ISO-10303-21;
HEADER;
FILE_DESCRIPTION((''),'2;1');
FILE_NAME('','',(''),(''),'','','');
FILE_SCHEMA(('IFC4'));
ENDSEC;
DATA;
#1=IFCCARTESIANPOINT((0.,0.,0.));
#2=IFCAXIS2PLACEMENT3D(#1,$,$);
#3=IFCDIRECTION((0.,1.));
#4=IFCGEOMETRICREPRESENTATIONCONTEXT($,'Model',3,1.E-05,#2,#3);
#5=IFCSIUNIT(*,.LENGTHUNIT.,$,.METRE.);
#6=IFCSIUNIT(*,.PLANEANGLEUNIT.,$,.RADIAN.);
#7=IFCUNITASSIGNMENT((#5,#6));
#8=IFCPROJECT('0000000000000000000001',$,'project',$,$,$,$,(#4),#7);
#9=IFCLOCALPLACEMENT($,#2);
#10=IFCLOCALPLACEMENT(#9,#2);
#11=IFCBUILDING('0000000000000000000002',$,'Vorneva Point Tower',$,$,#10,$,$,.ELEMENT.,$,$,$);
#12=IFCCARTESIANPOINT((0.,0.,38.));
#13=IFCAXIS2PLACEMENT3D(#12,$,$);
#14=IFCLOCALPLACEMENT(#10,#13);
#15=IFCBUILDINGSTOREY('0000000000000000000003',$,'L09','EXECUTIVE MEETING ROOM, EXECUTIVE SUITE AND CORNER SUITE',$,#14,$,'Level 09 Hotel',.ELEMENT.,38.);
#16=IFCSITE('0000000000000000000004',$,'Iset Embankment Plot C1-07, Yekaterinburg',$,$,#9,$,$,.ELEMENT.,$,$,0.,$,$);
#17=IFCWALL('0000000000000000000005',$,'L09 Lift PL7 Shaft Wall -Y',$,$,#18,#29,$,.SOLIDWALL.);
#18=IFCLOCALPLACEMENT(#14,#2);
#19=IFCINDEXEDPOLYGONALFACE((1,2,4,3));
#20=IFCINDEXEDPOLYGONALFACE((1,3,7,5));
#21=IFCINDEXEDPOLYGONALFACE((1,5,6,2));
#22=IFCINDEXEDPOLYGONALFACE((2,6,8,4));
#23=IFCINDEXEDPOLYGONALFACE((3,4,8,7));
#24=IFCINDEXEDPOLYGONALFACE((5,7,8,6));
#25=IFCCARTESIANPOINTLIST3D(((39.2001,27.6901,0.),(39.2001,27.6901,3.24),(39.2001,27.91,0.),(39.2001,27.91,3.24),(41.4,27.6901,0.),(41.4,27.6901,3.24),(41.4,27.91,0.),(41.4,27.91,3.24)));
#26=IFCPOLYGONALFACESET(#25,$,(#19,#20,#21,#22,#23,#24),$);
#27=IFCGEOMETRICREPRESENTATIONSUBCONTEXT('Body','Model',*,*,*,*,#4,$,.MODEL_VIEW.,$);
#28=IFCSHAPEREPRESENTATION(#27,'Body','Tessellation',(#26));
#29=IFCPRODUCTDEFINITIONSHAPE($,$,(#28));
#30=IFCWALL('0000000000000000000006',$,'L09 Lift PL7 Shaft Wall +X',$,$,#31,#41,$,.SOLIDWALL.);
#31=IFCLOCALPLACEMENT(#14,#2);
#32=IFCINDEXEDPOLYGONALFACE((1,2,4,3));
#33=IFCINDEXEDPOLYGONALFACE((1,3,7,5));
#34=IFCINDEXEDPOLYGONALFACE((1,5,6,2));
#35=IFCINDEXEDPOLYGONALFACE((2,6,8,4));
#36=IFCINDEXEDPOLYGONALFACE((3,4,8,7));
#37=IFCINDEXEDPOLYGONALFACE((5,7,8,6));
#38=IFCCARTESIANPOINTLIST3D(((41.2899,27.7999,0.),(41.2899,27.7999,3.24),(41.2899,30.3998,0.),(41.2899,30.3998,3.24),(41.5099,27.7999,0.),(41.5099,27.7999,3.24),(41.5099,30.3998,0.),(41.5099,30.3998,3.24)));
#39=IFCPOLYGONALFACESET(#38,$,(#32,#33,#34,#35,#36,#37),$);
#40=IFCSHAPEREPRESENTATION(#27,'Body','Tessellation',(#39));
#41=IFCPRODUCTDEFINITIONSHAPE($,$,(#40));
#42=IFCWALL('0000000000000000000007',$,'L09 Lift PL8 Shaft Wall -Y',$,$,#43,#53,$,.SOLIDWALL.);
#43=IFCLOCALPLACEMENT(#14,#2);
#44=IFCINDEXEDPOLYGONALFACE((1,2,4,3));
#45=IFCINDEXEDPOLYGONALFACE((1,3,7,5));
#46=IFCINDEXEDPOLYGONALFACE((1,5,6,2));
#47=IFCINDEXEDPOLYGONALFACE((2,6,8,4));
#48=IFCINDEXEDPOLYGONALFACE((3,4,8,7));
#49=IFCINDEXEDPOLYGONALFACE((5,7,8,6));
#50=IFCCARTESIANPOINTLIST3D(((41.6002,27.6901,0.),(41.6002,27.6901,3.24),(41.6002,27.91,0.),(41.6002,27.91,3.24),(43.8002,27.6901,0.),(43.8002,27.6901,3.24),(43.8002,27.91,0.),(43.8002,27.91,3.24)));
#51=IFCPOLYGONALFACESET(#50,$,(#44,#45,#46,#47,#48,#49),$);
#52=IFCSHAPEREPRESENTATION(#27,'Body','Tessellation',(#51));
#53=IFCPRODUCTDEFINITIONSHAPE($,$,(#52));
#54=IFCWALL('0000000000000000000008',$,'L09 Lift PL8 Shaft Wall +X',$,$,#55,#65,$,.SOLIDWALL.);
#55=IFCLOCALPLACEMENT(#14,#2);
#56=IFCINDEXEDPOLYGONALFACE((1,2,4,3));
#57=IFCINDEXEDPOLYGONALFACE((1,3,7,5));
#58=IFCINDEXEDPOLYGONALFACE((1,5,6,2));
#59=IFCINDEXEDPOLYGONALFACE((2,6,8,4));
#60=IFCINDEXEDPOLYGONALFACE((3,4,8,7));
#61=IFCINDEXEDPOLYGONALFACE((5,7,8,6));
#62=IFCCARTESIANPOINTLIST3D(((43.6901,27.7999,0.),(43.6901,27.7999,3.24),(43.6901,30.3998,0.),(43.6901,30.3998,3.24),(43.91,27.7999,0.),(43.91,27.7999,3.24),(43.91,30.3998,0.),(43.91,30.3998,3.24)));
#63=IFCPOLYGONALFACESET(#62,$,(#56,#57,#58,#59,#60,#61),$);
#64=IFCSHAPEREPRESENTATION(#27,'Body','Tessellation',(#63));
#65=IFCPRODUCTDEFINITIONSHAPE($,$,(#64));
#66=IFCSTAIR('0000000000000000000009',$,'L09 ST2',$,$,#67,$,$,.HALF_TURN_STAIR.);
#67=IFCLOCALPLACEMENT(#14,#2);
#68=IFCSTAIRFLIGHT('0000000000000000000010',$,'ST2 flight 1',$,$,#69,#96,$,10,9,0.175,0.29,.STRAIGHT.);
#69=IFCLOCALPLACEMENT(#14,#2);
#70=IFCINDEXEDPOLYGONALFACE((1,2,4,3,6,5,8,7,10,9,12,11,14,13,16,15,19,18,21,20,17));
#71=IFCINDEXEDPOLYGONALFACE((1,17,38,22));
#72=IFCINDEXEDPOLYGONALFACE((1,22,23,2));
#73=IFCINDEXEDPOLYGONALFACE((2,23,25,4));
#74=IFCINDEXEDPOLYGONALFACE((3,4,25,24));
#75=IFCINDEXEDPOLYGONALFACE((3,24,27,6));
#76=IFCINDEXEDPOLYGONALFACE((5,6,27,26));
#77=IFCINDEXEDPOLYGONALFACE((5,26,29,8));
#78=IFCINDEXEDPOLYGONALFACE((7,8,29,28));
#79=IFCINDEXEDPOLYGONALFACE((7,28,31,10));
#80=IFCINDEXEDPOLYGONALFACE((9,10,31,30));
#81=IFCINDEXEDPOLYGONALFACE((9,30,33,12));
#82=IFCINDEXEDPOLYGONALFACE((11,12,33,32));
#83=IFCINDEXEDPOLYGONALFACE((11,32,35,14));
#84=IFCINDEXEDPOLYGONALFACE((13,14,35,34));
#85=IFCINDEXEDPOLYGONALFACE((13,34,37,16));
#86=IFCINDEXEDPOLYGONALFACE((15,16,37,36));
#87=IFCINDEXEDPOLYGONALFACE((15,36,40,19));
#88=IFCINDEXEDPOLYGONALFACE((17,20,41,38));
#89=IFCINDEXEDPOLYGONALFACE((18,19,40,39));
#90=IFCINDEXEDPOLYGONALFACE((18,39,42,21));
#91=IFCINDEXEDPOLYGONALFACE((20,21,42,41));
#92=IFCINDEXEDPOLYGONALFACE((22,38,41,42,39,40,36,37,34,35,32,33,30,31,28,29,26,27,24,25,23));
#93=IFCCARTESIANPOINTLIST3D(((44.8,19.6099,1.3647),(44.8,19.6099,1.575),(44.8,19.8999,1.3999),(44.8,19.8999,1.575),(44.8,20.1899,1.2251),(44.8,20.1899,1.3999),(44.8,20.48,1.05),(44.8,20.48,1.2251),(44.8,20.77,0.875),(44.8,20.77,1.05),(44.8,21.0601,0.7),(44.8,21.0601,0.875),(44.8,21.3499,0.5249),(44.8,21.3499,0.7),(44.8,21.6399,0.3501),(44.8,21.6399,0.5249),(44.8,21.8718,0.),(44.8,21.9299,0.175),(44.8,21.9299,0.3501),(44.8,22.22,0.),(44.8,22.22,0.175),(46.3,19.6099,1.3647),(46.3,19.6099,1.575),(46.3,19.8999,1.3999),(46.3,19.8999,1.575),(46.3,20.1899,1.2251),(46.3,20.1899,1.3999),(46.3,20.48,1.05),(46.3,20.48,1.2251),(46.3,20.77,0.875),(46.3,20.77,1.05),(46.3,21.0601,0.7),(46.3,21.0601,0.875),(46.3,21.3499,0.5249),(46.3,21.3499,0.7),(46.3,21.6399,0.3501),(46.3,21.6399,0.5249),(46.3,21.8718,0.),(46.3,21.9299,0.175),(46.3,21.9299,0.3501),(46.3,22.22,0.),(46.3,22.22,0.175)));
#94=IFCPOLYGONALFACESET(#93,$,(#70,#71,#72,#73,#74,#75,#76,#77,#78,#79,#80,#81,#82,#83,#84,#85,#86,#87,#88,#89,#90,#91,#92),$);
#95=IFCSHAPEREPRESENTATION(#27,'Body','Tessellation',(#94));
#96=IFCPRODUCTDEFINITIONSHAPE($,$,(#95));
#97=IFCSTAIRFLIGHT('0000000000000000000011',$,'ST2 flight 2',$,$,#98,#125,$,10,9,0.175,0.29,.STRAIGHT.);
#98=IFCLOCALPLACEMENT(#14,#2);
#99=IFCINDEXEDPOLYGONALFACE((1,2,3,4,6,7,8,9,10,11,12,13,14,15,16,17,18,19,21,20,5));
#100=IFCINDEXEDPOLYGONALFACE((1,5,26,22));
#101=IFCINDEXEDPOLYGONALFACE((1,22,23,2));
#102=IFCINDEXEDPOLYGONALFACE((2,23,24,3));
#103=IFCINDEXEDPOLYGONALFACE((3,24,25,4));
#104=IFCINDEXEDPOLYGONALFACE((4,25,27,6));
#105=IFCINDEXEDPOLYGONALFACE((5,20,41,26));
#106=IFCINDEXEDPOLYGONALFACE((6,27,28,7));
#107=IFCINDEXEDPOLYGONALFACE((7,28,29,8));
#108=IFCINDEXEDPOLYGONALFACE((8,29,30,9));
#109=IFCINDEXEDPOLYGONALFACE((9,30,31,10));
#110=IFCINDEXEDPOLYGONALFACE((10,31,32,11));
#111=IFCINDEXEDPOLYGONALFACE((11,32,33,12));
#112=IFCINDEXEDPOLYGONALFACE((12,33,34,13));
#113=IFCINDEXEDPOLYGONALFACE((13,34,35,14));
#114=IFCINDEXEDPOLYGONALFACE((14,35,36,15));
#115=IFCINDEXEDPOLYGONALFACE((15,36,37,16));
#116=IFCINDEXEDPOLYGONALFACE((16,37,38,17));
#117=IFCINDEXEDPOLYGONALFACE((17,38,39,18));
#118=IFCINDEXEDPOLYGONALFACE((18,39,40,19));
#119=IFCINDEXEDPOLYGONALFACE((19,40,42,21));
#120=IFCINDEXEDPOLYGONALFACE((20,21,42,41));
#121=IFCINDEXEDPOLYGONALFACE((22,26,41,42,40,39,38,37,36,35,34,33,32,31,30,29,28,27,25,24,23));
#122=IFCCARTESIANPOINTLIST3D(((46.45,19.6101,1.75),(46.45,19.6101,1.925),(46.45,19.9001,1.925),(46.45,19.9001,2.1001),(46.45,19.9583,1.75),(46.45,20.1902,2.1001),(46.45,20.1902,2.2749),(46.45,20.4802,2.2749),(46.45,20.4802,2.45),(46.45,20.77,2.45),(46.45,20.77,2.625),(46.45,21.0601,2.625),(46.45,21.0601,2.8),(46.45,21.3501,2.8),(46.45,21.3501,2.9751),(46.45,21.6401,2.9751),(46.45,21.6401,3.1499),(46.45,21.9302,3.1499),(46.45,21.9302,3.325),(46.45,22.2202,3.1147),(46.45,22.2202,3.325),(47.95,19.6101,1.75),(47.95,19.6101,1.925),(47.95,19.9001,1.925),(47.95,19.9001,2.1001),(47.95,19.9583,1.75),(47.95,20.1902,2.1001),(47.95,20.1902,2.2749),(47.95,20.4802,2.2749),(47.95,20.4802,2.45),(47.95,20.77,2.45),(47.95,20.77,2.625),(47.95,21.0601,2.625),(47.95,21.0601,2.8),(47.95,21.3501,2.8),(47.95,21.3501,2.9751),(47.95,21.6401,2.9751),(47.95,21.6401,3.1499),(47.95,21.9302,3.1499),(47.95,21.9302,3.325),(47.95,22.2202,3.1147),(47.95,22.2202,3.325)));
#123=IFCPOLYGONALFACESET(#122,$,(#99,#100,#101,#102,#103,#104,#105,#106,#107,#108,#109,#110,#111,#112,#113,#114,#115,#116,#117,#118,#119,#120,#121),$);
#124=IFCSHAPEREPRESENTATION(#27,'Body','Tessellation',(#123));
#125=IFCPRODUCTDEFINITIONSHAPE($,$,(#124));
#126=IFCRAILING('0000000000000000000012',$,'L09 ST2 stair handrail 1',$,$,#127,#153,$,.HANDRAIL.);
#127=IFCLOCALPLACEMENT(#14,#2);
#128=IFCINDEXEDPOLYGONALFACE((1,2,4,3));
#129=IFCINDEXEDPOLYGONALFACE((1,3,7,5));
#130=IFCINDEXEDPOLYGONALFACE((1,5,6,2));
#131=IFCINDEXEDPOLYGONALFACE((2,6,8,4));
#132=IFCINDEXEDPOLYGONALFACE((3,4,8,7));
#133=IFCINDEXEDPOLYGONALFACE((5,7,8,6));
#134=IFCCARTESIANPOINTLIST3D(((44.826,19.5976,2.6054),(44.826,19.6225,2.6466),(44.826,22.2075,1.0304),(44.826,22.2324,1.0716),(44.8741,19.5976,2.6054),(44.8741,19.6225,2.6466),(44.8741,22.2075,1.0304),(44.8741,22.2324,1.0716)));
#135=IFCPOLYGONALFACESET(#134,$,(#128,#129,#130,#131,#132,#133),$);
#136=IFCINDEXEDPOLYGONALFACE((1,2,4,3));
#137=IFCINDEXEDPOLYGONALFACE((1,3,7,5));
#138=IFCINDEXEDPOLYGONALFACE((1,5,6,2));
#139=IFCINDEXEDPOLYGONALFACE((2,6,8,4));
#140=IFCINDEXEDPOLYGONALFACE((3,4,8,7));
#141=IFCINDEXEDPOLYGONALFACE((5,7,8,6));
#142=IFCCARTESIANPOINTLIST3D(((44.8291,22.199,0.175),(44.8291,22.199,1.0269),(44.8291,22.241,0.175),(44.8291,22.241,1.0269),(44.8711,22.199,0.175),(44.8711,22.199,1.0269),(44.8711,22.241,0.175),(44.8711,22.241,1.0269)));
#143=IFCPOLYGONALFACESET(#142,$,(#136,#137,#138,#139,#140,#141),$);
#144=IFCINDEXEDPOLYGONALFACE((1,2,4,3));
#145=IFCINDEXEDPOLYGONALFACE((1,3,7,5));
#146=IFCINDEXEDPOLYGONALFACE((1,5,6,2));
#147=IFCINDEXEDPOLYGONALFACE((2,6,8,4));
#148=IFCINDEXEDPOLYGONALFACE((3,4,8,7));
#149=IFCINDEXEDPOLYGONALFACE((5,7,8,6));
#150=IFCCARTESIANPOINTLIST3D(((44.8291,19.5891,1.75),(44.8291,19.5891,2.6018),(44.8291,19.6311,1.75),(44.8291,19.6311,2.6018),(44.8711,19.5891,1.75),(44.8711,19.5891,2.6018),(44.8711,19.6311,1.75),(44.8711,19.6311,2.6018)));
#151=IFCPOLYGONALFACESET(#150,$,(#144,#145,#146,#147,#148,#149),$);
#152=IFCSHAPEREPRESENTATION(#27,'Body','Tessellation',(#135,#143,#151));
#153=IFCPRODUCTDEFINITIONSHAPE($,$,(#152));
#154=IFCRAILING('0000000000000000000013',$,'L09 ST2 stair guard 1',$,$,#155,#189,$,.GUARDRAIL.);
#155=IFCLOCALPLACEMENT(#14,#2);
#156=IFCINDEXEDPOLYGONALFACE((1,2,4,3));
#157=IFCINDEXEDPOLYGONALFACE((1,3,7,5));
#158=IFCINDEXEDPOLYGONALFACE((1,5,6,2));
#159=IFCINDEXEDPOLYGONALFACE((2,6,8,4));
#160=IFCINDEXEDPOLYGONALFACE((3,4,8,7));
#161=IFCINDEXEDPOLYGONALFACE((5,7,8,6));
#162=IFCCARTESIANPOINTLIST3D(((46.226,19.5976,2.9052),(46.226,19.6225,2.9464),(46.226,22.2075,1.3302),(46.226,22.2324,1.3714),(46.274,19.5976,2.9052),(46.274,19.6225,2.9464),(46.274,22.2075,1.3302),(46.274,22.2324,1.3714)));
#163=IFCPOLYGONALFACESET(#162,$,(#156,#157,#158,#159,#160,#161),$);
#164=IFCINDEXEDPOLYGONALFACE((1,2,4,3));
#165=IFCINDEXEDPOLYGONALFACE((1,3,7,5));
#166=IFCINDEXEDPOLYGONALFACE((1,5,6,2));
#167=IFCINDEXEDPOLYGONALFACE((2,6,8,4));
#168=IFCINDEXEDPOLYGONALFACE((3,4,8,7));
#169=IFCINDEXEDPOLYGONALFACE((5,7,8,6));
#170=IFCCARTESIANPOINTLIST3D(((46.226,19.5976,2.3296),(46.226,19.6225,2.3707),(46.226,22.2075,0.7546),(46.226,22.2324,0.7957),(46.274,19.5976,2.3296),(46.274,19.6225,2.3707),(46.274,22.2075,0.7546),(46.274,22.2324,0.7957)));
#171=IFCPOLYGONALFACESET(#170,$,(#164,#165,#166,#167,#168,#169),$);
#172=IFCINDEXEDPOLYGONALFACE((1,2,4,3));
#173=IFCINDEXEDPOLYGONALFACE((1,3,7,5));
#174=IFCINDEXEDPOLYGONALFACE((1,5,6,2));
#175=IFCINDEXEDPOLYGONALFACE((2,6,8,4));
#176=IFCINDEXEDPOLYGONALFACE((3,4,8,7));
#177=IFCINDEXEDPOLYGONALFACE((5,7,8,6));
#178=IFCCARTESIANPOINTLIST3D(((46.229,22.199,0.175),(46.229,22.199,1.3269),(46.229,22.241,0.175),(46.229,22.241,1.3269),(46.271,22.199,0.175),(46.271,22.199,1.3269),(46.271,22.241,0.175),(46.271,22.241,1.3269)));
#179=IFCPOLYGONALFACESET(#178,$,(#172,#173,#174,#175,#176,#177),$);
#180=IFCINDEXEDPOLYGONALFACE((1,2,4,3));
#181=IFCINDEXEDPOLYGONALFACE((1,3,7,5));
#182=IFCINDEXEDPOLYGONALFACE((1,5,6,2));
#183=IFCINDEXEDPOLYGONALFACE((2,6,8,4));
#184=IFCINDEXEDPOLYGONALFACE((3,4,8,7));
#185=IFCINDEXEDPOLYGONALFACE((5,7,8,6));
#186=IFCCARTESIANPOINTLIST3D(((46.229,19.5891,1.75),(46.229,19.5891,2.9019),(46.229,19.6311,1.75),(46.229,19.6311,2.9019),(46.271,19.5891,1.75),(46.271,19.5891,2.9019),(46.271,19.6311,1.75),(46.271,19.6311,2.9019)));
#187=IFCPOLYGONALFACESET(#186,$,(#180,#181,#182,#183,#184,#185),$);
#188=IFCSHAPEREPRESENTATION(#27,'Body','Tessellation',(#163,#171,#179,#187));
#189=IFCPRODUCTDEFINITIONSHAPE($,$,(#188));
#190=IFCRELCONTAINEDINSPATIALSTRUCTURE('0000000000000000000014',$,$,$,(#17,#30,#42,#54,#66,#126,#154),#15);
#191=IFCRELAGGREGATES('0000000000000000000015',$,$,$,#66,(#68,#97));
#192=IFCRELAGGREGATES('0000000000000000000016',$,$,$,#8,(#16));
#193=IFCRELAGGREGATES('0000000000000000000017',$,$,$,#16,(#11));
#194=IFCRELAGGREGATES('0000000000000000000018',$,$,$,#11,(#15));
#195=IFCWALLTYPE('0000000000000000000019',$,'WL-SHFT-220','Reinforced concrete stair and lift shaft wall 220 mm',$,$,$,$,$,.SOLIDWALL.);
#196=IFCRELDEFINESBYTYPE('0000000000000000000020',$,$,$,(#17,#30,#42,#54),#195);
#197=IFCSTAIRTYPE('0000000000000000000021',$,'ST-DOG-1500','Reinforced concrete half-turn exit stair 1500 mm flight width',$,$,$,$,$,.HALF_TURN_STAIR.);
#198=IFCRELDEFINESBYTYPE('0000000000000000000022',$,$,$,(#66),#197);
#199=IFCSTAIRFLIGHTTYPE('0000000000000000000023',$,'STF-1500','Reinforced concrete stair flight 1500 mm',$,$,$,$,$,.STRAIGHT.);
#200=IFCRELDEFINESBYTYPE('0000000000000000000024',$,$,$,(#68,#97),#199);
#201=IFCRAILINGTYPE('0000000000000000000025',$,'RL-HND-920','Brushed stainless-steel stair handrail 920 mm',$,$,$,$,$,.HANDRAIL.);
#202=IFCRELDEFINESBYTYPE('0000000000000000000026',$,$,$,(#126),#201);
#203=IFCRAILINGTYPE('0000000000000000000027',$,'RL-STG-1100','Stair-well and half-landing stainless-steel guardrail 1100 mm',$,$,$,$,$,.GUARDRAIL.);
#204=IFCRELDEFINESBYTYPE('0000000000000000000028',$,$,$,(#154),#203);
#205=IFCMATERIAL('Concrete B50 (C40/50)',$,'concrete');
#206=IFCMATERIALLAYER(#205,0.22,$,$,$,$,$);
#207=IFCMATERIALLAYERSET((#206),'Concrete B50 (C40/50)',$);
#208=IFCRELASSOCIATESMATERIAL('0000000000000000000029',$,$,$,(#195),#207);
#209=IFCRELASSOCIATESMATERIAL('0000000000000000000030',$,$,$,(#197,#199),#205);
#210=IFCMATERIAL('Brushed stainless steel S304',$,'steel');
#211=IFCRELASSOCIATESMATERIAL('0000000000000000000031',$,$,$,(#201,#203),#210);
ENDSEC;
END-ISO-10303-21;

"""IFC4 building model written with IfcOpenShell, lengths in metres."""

from ifc_helpers import new_model, si_unit, direction, frame, frame_2d, origin, origin_2d, place, context, subcontext, project, spatial, polyline, rectangle, outline, extrude, material, layer, layer_set, type_object, element, aggregate, save


model = new_model("IFC4")

# Units and contexts
model_context = context("Model", 3, precision=1e-05, world=origin(), true_north=direction((0.0, 1.0)))
body_context = subcontext(model_context, "Body", "Model", "MODEL_VIEW")
ifc_project = project(units=[si_unit("LENGTHUNIT", "METRE"), si_unit("PLANEANGLEUNIT", "RADIAN")], contexts=[model_context])

# Site, building, storey
site_placement = place(None, origin())
site = spatial("IfcSite", under=ifc_project, at=site_placement, Name="Iset Embankment Plot C1-07, Yekaterinburg", CompositionType="ELEMENT", RefElevation=0.0)
building_placement = place(site_placement, origin())
building = spatial("IfcBuilding", under=site, at=building_placement, Name="Vorneva Point Tower", CompositionType="ELEMENT")
storey_placement = place(building_placement, frame((0.0, 0.0, 38.0)))
storey = spatial("IfcBuildingStorey", under=building, at=storey_placement, Name="L09", Description="EXECUTIVE MEETING ROOM, EXECUTIVE SUITE AND CORNER SUITE", LongName="Level 09 Hotel", CompositionType="ELEMENT", Elevation=38.0)

# Shared definitions
ifc_material_1 = material(Name="Concrete B50 (C40/50)", Category="concrete")
ifc_layer_1 = layer(ifc_material_1, 0.22)
ifc_layer_set_1 = layer_set([ifc_layer_1], Name="Concrete B50 (C40/50)")
wall_type_1 = type_object("IfcWallType", Name="WL-SHFT-220", Description="Reinforced concrete stair and lift shaft wall 220 mm", PredefinedType="SOLIDWALL", material=ifc_layer_set_1)

# Walls
for number, where, z_axis, x_axis, name in (
    (1, (39.2, 27.8, 0.0), (0.0, 0.0, 1.0), (1.0, 0.0, 0.0), "L09 Lift PL7 Shaft Wall -Y"),
):
    element("IfcWall", number, at=place(storey_placement, frame(where, z_axis=z_axis, x_axis=x_axis)), inside=storey, type_object=wall_type_1, Name=name, PredefinedType="SOLIDWALL", context=body_context, shape_type="SweptSolid", body=[
        extrude(rectangle(XDim=2.2, YDim=0.22, at=frame_2d((1.1001, 0.0))), origin(), (0.0, 0.0, 1.0), 3.24),
    ])
wall_1_placement = place(storey_placement, frame((41.3999, 27.8, 0.0), z_axis=(0.0, 0.0, 1.0), x_axis=(0.0, 1.0, 0.0)))
element("IfcWall", 2, at=wall_1_placement, inside=storey, type_object=wall_type_1, Name="L09 Lift PL7 Shaft Wall +X", PredefinedType="SOLIDWALL", context=body_context, shape_type="SweptSolid", body=[
    extrude(rectangle(XDim=2.5999, YDim=0.22, at=frame_2d((1.2998, 0.0))), origin(), (0.0, 0.0, 1.0), 3.24),
])
wall_2_placement = place(storey_placement, frame((41.6001, 27.8, 0.0), z_axis=(0.0, 0.0, 1.0), x_axis=(1.0, 0.0, 0.0)))
element("IfcWall", 3, at=wall_2_placement, inside=storey, type_object=wall_type_1, Name="L09 Lift PL8 Shaft Wall -Y", PredefinedType="SOLIDWALL", context=body_context, shape_type="SweptSolid", body=[
    extrude(rectangle(XDim=2.2, YDim=0.22, at=frame_2d((1.1001, 0.0))), origin(), (0.0, 0.0, 1.0), 3.24),
])
wall_3_placement = place(storey_placement, frame((43.8, 27.8, 0.0), z_axis=(0.0, 0.0, 1.0), x_axis=(0.0, 1.0, 0.0)))
element("IfcWall", 4, at=wall_3_placement, inside=storey, type_object=wall_type_1, Name="L09 Lift PL8 Shaft Wall +X", PredefinedType="SOLIDWALL", context=body_context, shape_type="SweptSolid", body=[
    extrude(rectangle(XDim=2.5999, YDim=0.22, at=frame_2d((1.2998, 0.0))), origin(), (0.0, 0.0, 1.0), 3.24),
])

# Stair, stair flights
stair_type = type_object("IfcStairType", Name="ST-DOG-1500", Description="Reinforced concrete half-turn exit stair 1500 mm flight width", PredefinedType="HALF_TURN_STAIR", material=ifc_material_1)
stair_placement = place(storey_placement, origin())
stair = element("IfcStair", 5, at=stair_placement, inside=storey, type_object=stair_type, Name="L09 ST2", PredefinedType="HALF_TURN_STAIR")
stair_flight_type = type_object("IfcStairFlightType", Name="STF-1500", Description="Reinforced concrete stair flight 1500 mm", PredefinedType="STRAIGHT", material=ifc_material_1)
stair_flight_1_placement = place(storey_placement, frame((45.55, 22.22, 0.0), z_axis=(0.0, 0.0, 1.0), x_axis=(0.0, -1.0, 0.0)))
stair_flight_1 = element("IfcStairFlight", 6, at=stair_flight_1_placement, type_object=stair_flight_type, Name="ST2 flight 1", NumberOfRisers=10, NumberOfTreads=9, PredefinedType="STRAIGHT", RiserHeight=0.175, TreadLength=0.29, context=body_context, shape_type="SweptSolid", body=[
    extrude(outline(polyline([(0.0, 0.0), (0.0, 0.175), (0.29, 0.175), (0.29, 0.3501), (0.5801, 0.3501), (0.5801, 0.5249), (0.8701, 0.5249), (0.8701, 0.7), (1.1599, 0.7), (1.1599, 0.875), (1.45, 0.875), (1.45, 1.05), (1.74, 1.05), (1.74, 1.2251), (2.03, 1.2251), (2.03, 1.3999), (2.3201, 1.3999), (2.3201, 1.575), (2.6101, 1.575), (2.6101, 1.75), (2.6101, 1.3647), (0.3481, 0.0), (0.0, 0.0)])), frame((0.0, 0.75, 0.0), z_axis=(0.0, -1.0, 0.0), x_axis=(1.0, 0.0, 0.0)), (0.0, 0.0, 1.0), 1.5),
])
stair_flight_2_placement = place(storey_placement, frame((47.2, 19.6101, 1.75), z_axis=(0.0, 0.0, 1.0), x_axis=(0.0, 1.0, 0.0)))
stair_flight_2 = element("IfcStairFlight", 7, at=stair_flight_2_placement, type_object=stair_flight_type, Name="ST2 flight 2", NumberOfRisers=10, NumberOfTreads=9, PredefinedType="STRAIGHT", RiserHeight=0.175, TreadLength=0.29, context=body_context, shape_type="SweptSolid", body=[
    extrude(outline(polyline([(0.0, 0.0), (0.0, 0.175), (0.29, 0.175), (0.29, 0.3501), (0.5801, 0.3501), (0.5801, 0.5249), (0.8701, 0.5249), (0.8701, 0.7), (1.1599, 0.7), (1.1599, 0.875), (1.45, 0.875), (1.45, 1.05), (1.74, 1.05), (1.74, 1.2251), (2.03, 1.2251), (2.03, 1.3999), (2.3201, 1.3999), (2.3201, 1.575), (2.6101, 1.575), (2.6101, 1.75), (2.6101, 1.3647), (0.3481, 0.0), (0.0, 0.0)])), frame((0.0, 0.75, 0.0), z_axis=(0.0, -1.0, 0.0), x_axis=(1.0, 0.0, 0.0)), (0.0, 0.0, 1.0), 1.5),
])
aggregate(stair, [stair_flight_1, stair_flight_2])

# Railings
ifc_material_2 = material(Name="Brushed stainless steel S304", Category="steel")
railing_type_1 = type_object("IfcRailingType", Name="RL-HND-920", Description="Brushed stainless-steel stair handrail 920 mm", PredefinedType="HANDRAIL", material=ifc_material_2)
railing_1_placement = place(storey_placement, frame((44.8501, 22.22, 0.175)))
element("IfcRailing", 8, at=railing_1_placement, inside=storey, type_object=railing_type_1, Name="L09 ST2 stair handrail 1", PredefinedType="HANDRAIL", context=body_context, shape_type="SweptSolid", body=[
    extrude(rectangle(XDim=0.0481, YDim=0.0481, at=origin_2d()), frame((0.0, 0.0, 0.876), z_axis=(0.0, -0.856183, 0.516673), x_axis=(1.0, 0.0, 0.0)), (0.0, 0.0, 1.0), 3.0483),
    extrude(rectangle(XDim=0.042, YDim=0.042, at=origin_2d()), origin(), (0.0, 0.0, 1.0), 0.8518),
    extrude(rectangle(XDim=0.042, YDim=0.042, at=origin_2d()), frame((0.0, -2.6099, 1.575)), (0.0, 0.0, 1.0), 0.8518),
])
railing_type_2 = type_object("IfcRailingType", Name="RL-STG-1100", Description="Stair-well and half-landing stainless-steel guardrail 1100 mm", PredefinedType="GUARDRAIL", material=ifc_material_2)
railing_2_placement = place(storey_placement, frame((46.25, 22.22, 0.175)))
element("IfcRailing", 9, at=railing_2_placement, inside=storey, type_object=railing_type_2, Name="L09 ST2 stair guard 1", PredefinedType="GUARDRAIL", context=body_context, shape_type="SweptSolid", body=[
    extrude(rectangle(XDim=0.0481, YDim=0.0481, at=origin_2d()), frame((0.0, 0.0, 1.1758), z_axis=(0.0, -0.856183, 0.516673), x_axis=(1.0, 0.0, 0.0)), (0.0, 0.0, 1.0), 3.0483),
    extrude(rectangle(XDim=0.0481, YDim=0.0481, at=origin_2d()), frame((0.0, 0.0, 0.6001), z_axis=(0.0, -0.856183, 0.516673), x_axis=(1.0, 0.0, 0.0)), (0.0, 0.0, 1.0), 3.0483),
    extrude(rectangle(XDim=0.042, YDim=0.042, at=origin_2d()), origin(), (0.0, 0.0, 1.0), 1.1519),
    extrude(rectangle(XDim=0.042, YDim=0.042, at=origin_2d()), frame((0.0, -2.6099, 1.575)), (0.0, 0.0, 1.0), 1.1519),
])

save(model, "model.ifc")
